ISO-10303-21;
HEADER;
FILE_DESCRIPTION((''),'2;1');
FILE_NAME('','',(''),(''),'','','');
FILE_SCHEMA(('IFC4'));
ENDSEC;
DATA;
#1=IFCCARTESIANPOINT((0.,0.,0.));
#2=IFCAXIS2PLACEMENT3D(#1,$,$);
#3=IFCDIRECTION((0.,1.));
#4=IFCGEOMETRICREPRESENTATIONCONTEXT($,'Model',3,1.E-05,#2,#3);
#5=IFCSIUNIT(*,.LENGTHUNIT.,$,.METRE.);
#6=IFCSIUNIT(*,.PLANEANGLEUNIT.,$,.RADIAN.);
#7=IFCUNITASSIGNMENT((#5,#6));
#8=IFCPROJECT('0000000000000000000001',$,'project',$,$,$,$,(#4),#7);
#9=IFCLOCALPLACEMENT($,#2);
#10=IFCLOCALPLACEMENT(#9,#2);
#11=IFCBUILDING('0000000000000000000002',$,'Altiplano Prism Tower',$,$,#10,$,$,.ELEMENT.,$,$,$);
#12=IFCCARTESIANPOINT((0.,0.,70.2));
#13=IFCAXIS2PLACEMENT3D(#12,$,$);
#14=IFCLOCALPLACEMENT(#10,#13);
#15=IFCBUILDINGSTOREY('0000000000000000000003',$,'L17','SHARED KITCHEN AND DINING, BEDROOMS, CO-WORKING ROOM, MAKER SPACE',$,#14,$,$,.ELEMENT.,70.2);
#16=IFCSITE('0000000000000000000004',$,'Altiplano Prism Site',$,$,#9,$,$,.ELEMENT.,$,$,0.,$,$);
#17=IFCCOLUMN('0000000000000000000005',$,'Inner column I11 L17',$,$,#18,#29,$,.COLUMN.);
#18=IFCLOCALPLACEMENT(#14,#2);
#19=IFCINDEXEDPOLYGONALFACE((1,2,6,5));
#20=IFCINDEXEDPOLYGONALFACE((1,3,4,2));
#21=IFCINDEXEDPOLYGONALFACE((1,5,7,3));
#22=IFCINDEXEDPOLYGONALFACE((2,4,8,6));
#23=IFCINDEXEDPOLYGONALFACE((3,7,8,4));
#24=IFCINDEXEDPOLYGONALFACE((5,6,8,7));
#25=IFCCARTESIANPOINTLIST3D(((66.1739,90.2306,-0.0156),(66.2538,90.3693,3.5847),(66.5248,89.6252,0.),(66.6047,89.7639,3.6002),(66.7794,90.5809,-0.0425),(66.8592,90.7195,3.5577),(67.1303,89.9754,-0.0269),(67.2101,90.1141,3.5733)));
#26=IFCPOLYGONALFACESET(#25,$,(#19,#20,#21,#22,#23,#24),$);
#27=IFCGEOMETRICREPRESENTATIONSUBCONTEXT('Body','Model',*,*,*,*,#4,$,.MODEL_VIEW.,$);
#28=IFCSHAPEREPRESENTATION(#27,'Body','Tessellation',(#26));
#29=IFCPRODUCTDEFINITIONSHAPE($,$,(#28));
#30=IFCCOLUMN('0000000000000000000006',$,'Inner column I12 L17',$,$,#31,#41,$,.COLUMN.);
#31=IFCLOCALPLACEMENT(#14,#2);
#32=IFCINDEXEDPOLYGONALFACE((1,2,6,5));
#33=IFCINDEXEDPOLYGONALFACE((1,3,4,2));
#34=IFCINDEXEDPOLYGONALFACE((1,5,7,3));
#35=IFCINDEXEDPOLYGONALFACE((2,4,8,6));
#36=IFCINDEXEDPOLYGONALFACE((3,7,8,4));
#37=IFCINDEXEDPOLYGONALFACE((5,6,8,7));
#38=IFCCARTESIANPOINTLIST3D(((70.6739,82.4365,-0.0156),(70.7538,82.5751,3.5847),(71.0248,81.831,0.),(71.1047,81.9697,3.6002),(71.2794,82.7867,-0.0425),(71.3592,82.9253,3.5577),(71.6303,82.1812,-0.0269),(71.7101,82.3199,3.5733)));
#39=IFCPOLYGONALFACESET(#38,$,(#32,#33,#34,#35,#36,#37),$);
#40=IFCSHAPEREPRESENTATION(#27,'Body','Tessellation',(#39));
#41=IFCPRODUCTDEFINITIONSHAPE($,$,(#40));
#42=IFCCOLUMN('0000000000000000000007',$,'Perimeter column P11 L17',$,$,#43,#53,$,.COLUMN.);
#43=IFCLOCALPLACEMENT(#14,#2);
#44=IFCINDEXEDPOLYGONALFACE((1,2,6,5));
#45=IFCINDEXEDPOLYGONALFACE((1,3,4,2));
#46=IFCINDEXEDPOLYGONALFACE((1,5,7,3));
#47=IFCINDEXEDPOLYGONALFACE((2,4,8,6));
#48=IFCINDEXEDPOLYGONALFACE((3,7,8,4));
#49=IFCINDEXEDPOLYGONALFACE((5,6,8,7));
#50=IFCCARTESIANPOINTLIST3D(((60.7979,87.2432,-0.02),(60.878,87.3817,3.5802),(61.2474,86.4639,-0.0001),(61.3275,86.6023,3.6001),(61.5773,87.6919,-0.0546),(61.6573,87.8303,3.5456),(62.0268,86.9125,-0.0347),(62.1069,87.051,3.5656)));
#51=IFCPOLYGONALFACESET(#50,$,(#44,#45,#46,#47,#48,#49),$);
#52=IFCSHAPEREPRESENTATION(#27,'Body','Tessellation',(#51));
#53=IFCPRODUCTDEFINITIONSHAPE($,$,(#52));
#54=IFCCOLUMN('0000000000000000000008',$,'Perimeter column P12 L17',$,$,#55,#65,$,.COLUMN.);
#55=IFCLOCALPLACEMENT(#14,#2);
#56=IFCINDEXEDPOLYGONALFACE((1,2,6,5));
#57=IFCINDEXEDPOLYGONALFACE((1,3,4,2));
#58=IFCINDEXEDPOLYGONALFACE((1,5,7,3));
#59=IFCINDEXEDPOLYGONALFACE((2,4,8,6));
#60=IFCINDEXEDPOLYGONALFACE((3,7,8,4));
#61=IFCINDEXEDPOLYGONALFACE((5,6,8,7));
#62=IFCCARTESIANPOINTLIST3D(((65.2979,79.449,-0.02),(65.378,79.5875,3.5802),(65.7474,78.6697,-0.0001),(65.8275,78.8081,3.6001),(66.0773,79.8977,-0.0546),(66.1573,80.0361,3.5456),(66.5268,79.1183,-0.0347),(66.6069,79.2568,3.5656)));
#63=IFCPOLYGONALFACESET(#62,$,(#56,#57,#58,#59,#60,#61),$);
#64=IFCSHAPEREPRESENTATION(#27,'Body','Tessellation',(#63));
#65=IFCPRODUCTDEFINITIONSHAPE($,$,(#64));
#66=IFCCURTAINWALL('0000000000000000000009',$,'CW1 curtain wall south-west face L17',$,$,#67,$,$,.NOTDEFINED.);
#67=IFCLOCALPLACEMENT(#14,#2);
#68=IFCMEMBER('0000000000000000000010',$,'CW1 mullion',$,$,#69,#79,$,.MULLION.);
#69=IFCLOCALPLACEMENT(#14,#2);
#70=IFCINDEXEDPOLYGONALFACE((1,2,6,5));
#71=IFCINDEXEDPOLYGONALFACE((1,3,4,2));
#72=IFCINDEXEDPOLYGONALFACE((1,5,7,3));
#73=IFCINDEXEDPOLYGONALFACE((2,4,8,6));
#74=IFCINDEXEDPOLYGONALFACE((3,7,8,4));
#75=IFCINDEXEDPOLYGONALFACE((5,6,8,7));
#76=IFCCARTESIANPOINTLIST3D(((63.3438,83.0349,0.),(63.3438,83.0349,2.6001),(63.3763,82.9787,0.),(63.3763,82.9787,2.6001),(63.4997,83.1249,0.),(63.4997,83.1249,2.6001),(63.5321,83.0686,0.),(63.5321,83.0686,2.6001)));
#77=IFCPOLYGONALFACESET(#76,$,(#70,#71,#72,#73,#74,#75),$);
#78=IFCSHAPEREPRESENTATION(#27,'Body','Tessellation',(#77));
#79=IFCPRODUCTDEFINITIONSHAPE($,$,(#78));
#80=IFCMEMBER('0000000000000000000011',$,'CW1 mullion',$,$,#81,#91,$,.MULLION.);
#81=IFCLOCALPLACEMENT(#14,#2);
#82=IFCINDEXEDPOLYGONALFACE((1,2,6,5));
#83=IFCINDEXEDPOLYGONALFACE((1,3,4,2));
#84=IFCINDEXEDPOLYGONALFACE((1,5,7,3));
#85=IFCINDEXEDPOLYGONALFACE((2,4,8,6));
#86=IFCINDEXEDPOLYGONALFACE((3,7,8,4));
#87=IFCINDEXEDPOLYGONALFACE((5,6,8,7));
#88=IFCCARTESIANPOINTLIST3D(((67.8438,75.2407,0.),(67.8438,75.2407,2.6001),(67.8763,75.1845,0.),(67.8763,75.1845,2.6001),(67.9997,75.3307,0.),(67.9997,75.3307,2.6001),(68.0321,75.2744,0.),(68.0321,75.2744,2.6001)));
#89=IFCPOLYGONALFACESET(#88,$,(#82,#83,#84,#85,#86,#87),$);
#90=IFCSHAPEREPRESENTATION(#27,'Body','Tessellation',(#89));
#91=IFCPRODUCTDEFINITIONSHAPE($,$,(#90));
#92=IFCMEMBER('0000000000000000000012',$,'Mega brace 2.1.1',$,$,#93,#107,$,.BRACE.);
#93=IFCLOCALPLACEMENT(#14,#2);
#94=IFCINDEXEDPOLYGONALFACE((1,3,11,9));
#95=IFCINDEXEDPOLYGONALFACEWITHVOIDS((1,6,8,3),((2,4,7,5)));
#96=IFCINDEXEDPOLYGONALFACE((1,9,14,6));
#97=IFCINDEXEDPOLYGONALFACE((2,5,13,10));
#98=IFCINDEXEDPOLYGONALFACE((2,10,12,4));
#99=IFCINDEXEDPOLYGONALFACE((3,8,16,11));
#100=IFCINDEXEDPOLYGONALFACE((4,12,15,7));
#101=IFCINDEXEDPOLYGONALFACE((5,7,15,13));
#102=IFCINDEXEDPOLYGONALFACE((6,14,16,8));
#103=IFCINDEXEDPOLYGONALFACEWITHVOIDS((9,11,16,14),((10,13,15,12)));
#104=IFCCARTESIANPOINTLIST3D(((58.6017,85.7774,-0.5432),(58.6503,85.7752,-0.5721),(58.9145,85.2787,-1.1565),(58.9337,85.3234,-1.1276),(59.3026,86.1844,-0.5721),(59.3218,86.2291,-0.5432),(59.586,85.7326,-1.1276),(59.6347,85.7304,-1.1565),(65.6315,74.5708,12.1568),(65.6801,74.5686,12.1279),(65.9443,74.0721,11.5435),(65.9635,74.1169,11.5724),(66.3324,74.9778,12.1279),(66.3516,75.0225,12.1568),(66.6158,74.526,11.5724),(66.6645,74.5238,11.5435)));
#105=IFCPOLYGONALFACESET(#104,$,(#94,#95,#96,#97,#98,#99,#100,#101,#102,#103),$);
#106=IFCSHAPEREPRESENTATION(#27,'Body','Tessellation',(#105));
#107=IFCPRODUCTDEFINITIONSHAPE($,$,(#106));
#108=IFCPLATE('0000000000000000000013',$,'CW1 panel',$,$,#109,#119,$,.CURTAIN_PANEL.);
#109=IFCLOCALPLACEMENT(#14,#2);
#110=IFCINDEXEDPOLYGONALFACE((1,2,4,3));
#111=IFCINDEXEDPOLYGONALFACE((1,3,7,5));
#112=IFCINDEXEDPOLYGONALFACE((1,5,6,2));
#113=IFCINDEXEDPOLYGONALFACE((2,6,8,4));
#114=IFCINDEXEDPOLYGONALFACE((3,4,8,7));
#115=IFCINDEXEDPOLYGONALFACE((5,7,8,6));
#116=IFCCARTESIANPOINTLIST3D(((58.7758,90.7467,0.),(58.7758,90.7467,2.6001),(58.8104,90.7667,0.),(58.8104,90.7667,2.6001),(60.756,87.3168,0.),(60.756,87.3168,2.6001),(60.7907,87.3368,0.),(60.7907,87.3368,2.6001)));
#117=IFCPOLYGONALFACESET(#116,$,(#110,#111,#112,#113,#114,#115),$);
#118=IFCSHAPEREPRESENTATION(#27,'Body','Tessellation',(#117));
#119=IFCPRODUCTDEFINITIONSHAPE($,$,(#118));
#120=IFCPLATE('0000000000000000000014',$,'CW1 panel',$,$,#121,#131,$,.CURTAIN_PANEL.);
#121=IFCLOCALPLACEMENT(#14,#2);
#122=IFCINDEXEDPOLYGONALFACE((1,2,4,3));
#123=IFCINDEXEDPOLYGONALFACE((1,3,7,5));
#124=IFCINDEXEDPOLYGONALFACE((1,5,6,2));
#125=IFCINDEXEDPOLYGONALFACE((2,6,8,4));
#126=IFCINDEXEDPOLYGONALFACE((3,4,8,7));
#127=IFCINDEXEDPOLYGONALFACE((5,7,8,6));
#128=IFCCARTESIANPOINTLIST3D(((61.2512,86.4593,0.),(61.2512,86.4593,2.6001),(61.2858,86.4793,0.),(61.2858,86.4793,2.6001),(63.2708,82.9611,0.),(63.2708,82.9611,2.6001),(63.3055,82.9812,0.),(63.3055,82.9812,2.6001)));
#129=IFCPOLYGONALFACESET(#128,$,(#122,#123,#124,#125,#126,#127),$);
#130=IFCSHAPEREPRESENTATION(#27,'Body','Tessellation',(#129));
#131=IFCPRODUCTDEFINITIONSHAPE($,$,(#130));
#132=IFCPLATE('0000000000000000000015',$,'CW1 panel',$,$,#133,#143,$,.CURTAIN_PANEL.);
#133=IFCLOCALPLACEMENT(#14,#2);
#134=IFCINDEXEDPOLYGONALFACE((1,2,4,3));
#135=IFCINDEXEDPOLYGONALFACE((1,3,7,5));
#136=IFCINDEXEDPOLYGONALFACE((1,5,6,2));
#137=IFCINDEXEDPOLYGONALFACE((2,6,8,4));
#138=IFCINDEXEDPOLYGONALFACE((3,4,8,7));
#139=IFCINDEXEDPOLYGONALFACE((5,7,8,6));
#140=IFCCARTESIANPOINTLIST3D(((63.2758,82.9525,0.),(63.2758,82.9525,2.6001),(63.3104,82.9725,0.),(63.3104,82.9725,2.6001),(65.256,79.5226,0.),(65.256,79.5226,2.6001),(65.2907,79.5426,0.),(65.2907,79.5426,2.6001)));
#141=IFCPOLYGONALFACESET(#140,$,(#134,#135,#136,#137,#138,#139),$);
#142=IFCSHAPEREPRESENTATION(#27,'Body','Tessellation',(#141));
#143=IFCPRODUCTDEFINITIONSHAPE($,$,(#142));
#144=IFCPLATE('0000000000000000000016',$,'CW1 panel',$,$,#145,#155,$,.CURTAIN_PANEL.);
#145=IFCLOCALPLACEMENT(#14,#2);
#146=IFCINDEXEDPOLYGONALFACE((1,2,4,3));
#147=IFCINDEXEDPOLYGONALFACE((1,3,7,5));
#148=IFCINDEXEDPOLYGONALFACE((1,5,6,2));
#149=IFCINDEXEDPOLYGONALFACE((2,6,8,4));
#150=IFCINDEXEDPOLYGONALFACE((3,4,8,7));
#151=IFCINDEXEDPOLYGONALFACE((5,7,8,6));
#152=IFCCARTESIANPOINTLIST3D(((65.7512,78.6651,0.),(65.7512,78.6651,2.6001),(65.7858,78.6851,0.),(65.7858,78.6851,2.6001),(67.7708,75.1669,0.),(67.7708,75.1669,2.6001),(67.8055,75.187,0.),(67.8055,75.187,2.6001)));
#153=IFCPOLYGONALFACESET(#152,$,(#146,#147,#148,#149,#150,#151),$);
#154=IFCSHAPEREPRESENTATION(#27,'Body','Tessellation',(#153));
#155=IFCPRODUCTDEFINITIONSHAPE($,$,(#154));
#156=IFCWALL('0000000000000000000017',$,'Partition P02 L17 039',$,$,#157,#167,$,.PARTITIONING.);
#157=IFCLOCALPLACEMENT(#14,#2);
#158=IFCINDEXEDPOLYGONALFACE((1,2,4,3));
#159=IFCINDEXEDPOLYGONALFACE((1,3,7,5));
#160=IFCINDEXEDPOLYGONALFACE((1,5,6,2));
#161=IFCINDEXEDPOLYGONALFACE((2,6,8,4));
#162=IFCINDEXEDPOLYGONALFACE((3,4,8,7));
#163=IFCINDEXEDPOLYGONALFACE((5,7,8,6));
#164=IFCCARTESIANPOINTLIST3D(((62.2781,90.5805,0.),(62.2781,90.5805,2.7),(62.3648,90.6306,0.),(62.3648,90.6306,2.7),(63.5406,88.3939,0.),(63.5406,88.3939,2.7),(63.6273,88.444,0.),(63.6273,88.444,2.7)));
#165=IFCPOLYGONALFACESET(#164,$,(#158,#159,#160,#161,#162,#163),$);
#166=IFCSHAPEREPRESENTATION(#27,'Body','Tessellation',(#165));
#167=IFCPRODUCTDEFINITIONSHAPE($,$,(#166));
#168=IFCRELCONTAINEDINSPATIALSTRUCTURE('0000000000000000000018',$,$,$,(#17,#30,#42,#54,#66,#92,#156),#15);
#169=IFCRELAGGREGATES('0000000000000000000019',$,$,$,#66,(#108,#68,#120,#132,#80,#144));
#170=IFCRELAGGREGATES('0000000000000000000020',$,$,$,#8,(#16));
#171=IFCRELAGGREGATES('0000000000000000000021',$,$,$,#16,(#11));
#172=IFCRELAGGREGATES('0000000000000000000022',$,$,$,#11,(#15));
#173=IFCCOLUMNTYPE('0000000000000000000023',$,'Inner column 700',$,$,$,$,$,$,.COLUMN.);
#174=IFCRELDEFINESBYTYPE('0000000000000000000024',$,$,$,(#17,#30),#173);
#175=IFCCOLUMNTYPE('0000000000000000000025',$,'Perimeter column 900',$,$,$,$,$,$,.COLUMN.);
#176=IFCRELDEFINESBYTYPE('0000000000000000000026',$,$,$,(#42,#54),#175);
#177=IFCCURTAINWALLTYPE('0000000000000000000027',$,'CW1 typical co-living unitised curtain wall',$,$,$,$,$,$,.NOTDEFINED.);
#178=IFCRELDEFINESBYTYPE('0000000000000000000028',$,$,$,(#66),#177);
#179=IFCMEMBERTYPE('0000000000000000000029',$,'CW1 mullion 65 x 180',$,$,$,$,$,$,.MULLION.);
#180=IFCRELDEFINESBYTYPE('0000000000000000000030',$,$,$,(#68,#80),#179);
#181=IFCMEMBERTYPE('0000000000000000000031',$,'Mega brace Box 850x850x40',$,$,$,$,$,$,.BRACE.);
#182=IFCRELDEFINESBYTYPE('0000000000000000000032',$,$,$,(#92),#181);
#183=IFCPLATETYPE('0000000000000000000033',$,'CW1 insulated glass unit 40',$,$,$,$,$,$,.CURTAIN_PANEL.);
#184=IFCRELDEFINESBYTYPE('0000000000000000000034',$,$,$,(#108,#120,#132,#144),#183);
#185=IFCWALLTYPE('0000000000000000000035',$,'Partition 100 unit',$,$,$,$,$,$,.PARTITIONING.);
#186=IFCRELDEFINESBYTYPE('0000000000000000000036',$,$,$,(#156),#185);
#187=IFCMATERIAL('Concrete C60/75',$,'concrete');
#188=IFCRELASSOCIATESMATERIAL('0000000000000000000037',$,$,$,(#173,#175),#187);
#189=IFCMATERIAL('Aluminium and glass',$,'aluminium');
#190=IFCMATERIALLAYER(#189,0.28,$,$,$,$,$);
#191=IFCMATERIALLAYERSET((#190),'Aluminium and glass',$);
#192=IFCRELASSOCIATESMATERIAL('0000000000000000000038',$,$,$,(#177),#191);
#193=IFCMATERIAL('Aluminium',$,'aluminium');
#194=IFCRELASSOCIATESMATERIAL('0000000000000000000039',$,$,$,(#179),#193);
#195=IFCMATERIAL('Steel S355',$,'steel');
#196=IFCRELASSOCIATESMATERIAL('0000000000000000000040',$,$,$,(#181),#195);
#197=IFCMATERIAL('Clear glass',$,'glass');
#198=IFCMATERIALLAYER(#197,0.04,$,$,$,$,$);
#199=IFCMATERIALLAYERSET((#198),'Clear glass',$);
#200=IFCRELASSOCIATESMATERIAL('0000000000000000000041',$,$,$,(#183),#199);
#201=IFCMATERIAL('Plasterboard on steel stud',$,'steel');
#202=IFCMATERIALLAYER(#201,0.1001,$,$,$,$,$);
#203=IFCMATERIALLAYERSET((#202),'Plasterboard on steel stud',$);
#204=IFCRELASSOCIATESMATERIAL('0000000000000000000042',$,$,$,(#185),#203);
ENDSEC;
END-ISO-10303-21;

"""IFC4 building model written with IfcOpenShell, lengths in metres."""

from ifc_helpers import new_model, si_unit, direction, frame, frame_2d, origin, origin_2d, place, context, subcontext, project, spatial, rectangle, hollow_rectangle, extrude, material, layer, layer_set, material_profile, profile_set, type_object, element, aggregate, save


model = new_model("IFC4")

# Units and contexts
model_context = context("Model", 3, precision=1e-05, world=origin(), true_north=direction((0.0, 1.0)))
body_context = subcontext(model_context, "Body", "Model", "MODEL_VIEW")
ifc_project = project(units=[si_unit("LENGTHUNIT", "METRE"), si_unit("PLANEANGLEUNIT", "RADIAN")], contexts=[model_context])

# Site, building, storey
site_placement = place(None, origin())
site = spatial("IfcSite", under=ifc_project, at=site_placement, Name="Altiplano Prism Site", CompositionType="ELEMENT", RefElevation=0.0)
building_placement = place(site_placement, origin())
building = spatial("IfcBuilding", under=site, at=building_placement, Name="Altiplano Prism Tower", CompositionType="ELEMENT")
storey_placement = place(building_placement, frame((0.0, 0.0, 70.2)))
storey = spatial("IfcBuildingStorey", under=building, at=storey_placement, Name="L17", Description="SHARED KITCHEN AND DINING, BEDROOMS, CO-WORKING ROOM, MAKER SPACE", CompositionType="ELEMENT", Elevation=70.2)

# Columns
ifc_material_1 = material(Name="Concrete C60/75", Category="concrete")
ifc_material_profile_1 = material_profile(ifc_material_1, rectangle(XDim=0.7, YDim=0.7, at=origin_2d()), Name="Inner column 700")
ifc_profile_set_1 = profile_set([ifc_material_profile_1], Name="Concrete C60/75")
column_type_1 = type_object("IfcColumnType", Name="Inner column 700", PredefinedType="COLUMN", material=ifc_profile_set_1)
for number, where, z_axis, x_axis, name in (
    (1, (66.6521, 90.103, -0.0212), (0.022154, 0.038481, 0.999014), (-0.86498, -0.500331, 0.038454), "Inner column I11 L17"),
    (2, (71.1521, 82.3088, -0.0212), (0.022154, 0.038481, 0.999014), (-0.864982, -0.500327, 0.038453), "Inner column I12 L17"),
):
    element("IfcColumn", number, at=place(storey_placement, frame(where, z_axis=z_axis, x_axis=x_axis)), inside=storey, type_object=column_type_1, Name=name, PredefinedType="COLUMN", context=body_context, shape_type="SweptSolid", body=[
        extrude(rectangle(XDim=0.7, YDim=0.7, at=origin_2d()), origin(), (0.0, 0.0, 1.0), 3.6038),
    ])
ifc_material_profile_2 = material_profile(ifc_material_1, rectangle(XDim=0.8999, YDim=0.8999, at=origin_2d()), Name="Perimeter column 900")
ifc_profile_set_2 = profile_set([ifc_material_profile_2], Name="Concrete C60/75")
column_type_2 = type_object("IfcColumnType", Name="Perimeter column 900", PredefinedType="COLUMN", material=ifc_profile_set_2)
for number, where, z_axis, x_axis, name in (
    (3, (61.4124, 87.0779, -0.0273), (0.022221, 0.038413, 0.999015), (-0.866021, -0.498528, 0.038432), "Perimeter column P11 L17"),
    (4, (65.9124, 79.2837, -0.0273), (0.022221, 0.038413, 0.999015), (-0.866024, -0.498523, 0.038432), "Perimeter column P12 L17"),
):
    element("IfcColumn", number, at=place(storey_placement, frame(where, z_axis=z_axis, x_axis=x_axis)), inside=storey, type_object=column_type_2, Name=name, PredefinedType="COLUMN", context=body_context, shape_type="SweptSolid", body=[
        extrude(rectangle(XDim=0.8999, YDim=0.8999, at=origin_2d()), origin(), (0.0, 0.0, 1.0), 3.6038),
    ])

# Curtain wall, members
ifc_material_2 = material(Name="Aluminium and glass", Category="aluminium")
ifc_layer_1 = layer(ifc_material_2, 0.28)
ifc_layer_set_1 = layer_set([ifc_layer_1], Name="Aluminium and glass")
curtain_wall_type = type_object("IfcCurtainWallType", Name="CW1 typical co-living unitised curtain wall", PredefinedType="NOTDEFINED", material=ifc_layer_set_1)
curtain_wall_placement = place(storey_placement, origin())
curtain_wall = element("IfcCurtainWall", 5, at=curtain_wall_placement, inside=storey, type_object=curtain_wall_type, Name="CW1 curtain wall south-west face L17", PredefinedType="NOTDEFINED")
ifc_material_3 = material(Name="Aluminium", Category="aluminium")
ifc_material_profile_3 = material_profile(ifc_material_3, rectangle(XDim=0.1799, YDim=0.0649, at=origin_2d()), Name="CW1 mullion 65 x 180")
ifc_profile_set_3 = profile_set([ifc_material_profile_3], Name="Aluminium")
member_type_1 = type_object("IfcMemberType", Name="CW1 mullion 65 x 180", PredefinedType="MULLION", material=ifc_profile_set_3)
member_1_placement = place(storey_placement, frame((63.438, 83.0518, 0.0), z_axis=(0.0, 0.0, 1.0), x_axis=(0.866025, 0.5, 0.0)))
member_1 = element("IfcMember", 6, at=member_1_placement, type_object=member_type_1, Name="CW1 mullion", PredefinedType="MULLION", context=body_context, shape_type="SweptSolid", body=[
    extrude(rectangle(XDim=0.1799, YDim=0.0649, at=origin_2d()), origin(), (0.0, 0.0, 1.0), 2.6001),
])
member_2_placement = place(storey_placement, frame((67.938, 75.2576, 0.0), z_axis=(0.0, 0.0, 1.0), x_axis=(0.866025, 0.5, 0.0)))
member_2 = element("IfcMember", 7, at=member_2_placement, type_object=member_type_1, Name="CW1 mullion", PredefinedType="MULLION", context=body_context, shape_type="SweptSolid", body=[
    extrude(rectangle(XDim=0.1799, YDim=0.0649, at=origin_2d()), origin(), (0.0, 0.0, 1.0), 2.6001),
])

# Member
ifc_material_4 = material(Name="Steel S355", Category="steel")
ifc_material_profile_4 = material_profile(ifc_material_4, hollow_rectangle(XDim=0.8501, YDim=0.8501, WallThickness=0.04, at=origin_2d()), Name="Mega brace Box 850x850x40")
ifc_profile_set_4 = profile_set([ifc_material_profile_4], Name="Steel S355")
member_type_2 = type_object("IfcMemberType", Name="Mega brace Box 850x850x40", PredefinedType="BRACE", material=ifc_profile_set_4)
member_3_placement = place(storey_placement, frame((59.1182, 85.7539, -0.8499), z_axis=(0.383339, -0.6111, 0.692537), x_axis=(0.847124, 0.531395, 0.0)))
element("IfcMember", 8, at=member_3_placement, inside=storey, type_object=member_type_2, Name="Mega brace 2.1.1", PredefinedType="BRACE", context=body_context, shape_type="SweptSolid", body=[
    extrude(hollow_rectangle(XDim=0.8501, YDim=0.8501, WallThickness=0.04, at=origin_2d()), origin(), (0.0, 0.0, 1.0), 18.3384),
])

# Plates
ifc_material_5 = material(Name="Clear glass", Category="glass")
ifc_layer_2 = layer(ifc_material_5, 0.04)
ifc_layer_set_2 = layer_set([ifc_layer_2], Name="Clear glass")
plate_type = type_object("IfcPlateType", Name="CW1 insulated glass unit 40", PredefinedType="CURTAIN_PANEL", material=ifc_layer_set_2)
plate_1_placement = place(storey_placement, frame((59.7832, 89.0417, 0.0), z_axis=(0.0, 0.0, 1.0), x_axis=(0.5, -0.866025, 0.0)))
plate_1 = element("IfcPlate", 9, at=plate_1_placement, type_object=plate_type, Name="CW1 panel", PredefinedType="CURTAIN_PANEL", context=body_context, shape_type="SweptSolid", body=[
    extrude(rectangle(XDim=3.9604, YDim=0.04, at=origin_2d()), origin(), (0.0, 0.0, 1.0), 2.6001),
])
plate_2_placement = place(storey_placement, frame((62.2783, 84.7202, 0.0), z_axis=(0.0, 0.0, 1.0), x_axis=(0.5, -0.866025, 0.0)))
plate_2 = element("IfcPlate", 10, at=plate_2_placement, type_object=plate_type, Name="CW1 panel", PredefinedType="CURTAIN_PANEL", context=body_context, shape_type="SweptSolid", body=[
    extrude(rectangle(XDim=4.0393, YDim=0.04, at=origin_2d()), origin(), (0.0, 0.0, 1.0), 2.6001),
])
plate_3_placement = place(storey_placement, frame((64.2832, 81.2476, 0.0), z_axis=(0.0, 0.0, 1.0), x_axis=(0.5, -0.866025, 0.0)))
plate_3 = element("IfcPlate", 11, at=plate_3_placement, type_object=plate_type, Name="CW1 panel", PredefinedType="CURTAIN_PANEL", context=body_context, shape_type="SweptSolid", body=[
    extrude(rectangle(XDim=3.9604, YDim=0.04, at=origin_2d()), origin(), (0.0, 0.0, 1.0), 2.6001),
])
plate_4_placement = place(storey_placement, frame((66.7783, 76.926, 0.0), z_axis=(0.0, 0.0, 1.0), x_axis=(0.5, -0.866025, 0.0)))
plate_4 = element("IfcPlate", 12, at=plate_4_placement, type_object=plate_type, Name="CW1 panel", PredefinedType="CURTAIN_PANEL", context=body_context, shape_type="SweptSolid", body=[
    extrude(rectangle(XDim=4.0393, YDim=0.04, at=origin_2d()), origin(), (0.0, 0.0, 1.0), 2.6001),
])
aggregate(curtain_wall, [plate_1, member_1, plate_2, plate_3, member_2, plate_4])

# Wall
ifc_material_6 = material(Name="Plasterboard on steel stud", Category="steel")
ifc_layer_3 = layer(ifc_material_6, 0.1001)
ifc_layer_set_3 = layer_set([ifc_layer_3], Name="Plasterboard on steel stud")
wall_type_1 = type_object("IfcWallType", Name="Partition 100 unit", PredefinedType="PARTITIONING", material=ifc_layer_set_3)
wall_1_placement = place(storey_placement, frame((63.584, 88.4189, 0.0), z_axis=(0.0, 0.0, 1.0), x_axis=(-0.500018, 0.866015, 0.0)))
element("IfcWall", 13, at=wall_1_placement, inside=storey, type_object=wall_type_1, Name="Partition P02 L17 039", PredefinedType="PARTITIONING", context=body_context, shape_type="SweptSolid", body=[
    extrude(rectangle(XDim=2.5249, YDim=0.1001, at=frame_2d((1.2625, 0.0))), origin(), (0.0, 0.0, 1.0), 2.7),
])

save(model, "model.ifc")
